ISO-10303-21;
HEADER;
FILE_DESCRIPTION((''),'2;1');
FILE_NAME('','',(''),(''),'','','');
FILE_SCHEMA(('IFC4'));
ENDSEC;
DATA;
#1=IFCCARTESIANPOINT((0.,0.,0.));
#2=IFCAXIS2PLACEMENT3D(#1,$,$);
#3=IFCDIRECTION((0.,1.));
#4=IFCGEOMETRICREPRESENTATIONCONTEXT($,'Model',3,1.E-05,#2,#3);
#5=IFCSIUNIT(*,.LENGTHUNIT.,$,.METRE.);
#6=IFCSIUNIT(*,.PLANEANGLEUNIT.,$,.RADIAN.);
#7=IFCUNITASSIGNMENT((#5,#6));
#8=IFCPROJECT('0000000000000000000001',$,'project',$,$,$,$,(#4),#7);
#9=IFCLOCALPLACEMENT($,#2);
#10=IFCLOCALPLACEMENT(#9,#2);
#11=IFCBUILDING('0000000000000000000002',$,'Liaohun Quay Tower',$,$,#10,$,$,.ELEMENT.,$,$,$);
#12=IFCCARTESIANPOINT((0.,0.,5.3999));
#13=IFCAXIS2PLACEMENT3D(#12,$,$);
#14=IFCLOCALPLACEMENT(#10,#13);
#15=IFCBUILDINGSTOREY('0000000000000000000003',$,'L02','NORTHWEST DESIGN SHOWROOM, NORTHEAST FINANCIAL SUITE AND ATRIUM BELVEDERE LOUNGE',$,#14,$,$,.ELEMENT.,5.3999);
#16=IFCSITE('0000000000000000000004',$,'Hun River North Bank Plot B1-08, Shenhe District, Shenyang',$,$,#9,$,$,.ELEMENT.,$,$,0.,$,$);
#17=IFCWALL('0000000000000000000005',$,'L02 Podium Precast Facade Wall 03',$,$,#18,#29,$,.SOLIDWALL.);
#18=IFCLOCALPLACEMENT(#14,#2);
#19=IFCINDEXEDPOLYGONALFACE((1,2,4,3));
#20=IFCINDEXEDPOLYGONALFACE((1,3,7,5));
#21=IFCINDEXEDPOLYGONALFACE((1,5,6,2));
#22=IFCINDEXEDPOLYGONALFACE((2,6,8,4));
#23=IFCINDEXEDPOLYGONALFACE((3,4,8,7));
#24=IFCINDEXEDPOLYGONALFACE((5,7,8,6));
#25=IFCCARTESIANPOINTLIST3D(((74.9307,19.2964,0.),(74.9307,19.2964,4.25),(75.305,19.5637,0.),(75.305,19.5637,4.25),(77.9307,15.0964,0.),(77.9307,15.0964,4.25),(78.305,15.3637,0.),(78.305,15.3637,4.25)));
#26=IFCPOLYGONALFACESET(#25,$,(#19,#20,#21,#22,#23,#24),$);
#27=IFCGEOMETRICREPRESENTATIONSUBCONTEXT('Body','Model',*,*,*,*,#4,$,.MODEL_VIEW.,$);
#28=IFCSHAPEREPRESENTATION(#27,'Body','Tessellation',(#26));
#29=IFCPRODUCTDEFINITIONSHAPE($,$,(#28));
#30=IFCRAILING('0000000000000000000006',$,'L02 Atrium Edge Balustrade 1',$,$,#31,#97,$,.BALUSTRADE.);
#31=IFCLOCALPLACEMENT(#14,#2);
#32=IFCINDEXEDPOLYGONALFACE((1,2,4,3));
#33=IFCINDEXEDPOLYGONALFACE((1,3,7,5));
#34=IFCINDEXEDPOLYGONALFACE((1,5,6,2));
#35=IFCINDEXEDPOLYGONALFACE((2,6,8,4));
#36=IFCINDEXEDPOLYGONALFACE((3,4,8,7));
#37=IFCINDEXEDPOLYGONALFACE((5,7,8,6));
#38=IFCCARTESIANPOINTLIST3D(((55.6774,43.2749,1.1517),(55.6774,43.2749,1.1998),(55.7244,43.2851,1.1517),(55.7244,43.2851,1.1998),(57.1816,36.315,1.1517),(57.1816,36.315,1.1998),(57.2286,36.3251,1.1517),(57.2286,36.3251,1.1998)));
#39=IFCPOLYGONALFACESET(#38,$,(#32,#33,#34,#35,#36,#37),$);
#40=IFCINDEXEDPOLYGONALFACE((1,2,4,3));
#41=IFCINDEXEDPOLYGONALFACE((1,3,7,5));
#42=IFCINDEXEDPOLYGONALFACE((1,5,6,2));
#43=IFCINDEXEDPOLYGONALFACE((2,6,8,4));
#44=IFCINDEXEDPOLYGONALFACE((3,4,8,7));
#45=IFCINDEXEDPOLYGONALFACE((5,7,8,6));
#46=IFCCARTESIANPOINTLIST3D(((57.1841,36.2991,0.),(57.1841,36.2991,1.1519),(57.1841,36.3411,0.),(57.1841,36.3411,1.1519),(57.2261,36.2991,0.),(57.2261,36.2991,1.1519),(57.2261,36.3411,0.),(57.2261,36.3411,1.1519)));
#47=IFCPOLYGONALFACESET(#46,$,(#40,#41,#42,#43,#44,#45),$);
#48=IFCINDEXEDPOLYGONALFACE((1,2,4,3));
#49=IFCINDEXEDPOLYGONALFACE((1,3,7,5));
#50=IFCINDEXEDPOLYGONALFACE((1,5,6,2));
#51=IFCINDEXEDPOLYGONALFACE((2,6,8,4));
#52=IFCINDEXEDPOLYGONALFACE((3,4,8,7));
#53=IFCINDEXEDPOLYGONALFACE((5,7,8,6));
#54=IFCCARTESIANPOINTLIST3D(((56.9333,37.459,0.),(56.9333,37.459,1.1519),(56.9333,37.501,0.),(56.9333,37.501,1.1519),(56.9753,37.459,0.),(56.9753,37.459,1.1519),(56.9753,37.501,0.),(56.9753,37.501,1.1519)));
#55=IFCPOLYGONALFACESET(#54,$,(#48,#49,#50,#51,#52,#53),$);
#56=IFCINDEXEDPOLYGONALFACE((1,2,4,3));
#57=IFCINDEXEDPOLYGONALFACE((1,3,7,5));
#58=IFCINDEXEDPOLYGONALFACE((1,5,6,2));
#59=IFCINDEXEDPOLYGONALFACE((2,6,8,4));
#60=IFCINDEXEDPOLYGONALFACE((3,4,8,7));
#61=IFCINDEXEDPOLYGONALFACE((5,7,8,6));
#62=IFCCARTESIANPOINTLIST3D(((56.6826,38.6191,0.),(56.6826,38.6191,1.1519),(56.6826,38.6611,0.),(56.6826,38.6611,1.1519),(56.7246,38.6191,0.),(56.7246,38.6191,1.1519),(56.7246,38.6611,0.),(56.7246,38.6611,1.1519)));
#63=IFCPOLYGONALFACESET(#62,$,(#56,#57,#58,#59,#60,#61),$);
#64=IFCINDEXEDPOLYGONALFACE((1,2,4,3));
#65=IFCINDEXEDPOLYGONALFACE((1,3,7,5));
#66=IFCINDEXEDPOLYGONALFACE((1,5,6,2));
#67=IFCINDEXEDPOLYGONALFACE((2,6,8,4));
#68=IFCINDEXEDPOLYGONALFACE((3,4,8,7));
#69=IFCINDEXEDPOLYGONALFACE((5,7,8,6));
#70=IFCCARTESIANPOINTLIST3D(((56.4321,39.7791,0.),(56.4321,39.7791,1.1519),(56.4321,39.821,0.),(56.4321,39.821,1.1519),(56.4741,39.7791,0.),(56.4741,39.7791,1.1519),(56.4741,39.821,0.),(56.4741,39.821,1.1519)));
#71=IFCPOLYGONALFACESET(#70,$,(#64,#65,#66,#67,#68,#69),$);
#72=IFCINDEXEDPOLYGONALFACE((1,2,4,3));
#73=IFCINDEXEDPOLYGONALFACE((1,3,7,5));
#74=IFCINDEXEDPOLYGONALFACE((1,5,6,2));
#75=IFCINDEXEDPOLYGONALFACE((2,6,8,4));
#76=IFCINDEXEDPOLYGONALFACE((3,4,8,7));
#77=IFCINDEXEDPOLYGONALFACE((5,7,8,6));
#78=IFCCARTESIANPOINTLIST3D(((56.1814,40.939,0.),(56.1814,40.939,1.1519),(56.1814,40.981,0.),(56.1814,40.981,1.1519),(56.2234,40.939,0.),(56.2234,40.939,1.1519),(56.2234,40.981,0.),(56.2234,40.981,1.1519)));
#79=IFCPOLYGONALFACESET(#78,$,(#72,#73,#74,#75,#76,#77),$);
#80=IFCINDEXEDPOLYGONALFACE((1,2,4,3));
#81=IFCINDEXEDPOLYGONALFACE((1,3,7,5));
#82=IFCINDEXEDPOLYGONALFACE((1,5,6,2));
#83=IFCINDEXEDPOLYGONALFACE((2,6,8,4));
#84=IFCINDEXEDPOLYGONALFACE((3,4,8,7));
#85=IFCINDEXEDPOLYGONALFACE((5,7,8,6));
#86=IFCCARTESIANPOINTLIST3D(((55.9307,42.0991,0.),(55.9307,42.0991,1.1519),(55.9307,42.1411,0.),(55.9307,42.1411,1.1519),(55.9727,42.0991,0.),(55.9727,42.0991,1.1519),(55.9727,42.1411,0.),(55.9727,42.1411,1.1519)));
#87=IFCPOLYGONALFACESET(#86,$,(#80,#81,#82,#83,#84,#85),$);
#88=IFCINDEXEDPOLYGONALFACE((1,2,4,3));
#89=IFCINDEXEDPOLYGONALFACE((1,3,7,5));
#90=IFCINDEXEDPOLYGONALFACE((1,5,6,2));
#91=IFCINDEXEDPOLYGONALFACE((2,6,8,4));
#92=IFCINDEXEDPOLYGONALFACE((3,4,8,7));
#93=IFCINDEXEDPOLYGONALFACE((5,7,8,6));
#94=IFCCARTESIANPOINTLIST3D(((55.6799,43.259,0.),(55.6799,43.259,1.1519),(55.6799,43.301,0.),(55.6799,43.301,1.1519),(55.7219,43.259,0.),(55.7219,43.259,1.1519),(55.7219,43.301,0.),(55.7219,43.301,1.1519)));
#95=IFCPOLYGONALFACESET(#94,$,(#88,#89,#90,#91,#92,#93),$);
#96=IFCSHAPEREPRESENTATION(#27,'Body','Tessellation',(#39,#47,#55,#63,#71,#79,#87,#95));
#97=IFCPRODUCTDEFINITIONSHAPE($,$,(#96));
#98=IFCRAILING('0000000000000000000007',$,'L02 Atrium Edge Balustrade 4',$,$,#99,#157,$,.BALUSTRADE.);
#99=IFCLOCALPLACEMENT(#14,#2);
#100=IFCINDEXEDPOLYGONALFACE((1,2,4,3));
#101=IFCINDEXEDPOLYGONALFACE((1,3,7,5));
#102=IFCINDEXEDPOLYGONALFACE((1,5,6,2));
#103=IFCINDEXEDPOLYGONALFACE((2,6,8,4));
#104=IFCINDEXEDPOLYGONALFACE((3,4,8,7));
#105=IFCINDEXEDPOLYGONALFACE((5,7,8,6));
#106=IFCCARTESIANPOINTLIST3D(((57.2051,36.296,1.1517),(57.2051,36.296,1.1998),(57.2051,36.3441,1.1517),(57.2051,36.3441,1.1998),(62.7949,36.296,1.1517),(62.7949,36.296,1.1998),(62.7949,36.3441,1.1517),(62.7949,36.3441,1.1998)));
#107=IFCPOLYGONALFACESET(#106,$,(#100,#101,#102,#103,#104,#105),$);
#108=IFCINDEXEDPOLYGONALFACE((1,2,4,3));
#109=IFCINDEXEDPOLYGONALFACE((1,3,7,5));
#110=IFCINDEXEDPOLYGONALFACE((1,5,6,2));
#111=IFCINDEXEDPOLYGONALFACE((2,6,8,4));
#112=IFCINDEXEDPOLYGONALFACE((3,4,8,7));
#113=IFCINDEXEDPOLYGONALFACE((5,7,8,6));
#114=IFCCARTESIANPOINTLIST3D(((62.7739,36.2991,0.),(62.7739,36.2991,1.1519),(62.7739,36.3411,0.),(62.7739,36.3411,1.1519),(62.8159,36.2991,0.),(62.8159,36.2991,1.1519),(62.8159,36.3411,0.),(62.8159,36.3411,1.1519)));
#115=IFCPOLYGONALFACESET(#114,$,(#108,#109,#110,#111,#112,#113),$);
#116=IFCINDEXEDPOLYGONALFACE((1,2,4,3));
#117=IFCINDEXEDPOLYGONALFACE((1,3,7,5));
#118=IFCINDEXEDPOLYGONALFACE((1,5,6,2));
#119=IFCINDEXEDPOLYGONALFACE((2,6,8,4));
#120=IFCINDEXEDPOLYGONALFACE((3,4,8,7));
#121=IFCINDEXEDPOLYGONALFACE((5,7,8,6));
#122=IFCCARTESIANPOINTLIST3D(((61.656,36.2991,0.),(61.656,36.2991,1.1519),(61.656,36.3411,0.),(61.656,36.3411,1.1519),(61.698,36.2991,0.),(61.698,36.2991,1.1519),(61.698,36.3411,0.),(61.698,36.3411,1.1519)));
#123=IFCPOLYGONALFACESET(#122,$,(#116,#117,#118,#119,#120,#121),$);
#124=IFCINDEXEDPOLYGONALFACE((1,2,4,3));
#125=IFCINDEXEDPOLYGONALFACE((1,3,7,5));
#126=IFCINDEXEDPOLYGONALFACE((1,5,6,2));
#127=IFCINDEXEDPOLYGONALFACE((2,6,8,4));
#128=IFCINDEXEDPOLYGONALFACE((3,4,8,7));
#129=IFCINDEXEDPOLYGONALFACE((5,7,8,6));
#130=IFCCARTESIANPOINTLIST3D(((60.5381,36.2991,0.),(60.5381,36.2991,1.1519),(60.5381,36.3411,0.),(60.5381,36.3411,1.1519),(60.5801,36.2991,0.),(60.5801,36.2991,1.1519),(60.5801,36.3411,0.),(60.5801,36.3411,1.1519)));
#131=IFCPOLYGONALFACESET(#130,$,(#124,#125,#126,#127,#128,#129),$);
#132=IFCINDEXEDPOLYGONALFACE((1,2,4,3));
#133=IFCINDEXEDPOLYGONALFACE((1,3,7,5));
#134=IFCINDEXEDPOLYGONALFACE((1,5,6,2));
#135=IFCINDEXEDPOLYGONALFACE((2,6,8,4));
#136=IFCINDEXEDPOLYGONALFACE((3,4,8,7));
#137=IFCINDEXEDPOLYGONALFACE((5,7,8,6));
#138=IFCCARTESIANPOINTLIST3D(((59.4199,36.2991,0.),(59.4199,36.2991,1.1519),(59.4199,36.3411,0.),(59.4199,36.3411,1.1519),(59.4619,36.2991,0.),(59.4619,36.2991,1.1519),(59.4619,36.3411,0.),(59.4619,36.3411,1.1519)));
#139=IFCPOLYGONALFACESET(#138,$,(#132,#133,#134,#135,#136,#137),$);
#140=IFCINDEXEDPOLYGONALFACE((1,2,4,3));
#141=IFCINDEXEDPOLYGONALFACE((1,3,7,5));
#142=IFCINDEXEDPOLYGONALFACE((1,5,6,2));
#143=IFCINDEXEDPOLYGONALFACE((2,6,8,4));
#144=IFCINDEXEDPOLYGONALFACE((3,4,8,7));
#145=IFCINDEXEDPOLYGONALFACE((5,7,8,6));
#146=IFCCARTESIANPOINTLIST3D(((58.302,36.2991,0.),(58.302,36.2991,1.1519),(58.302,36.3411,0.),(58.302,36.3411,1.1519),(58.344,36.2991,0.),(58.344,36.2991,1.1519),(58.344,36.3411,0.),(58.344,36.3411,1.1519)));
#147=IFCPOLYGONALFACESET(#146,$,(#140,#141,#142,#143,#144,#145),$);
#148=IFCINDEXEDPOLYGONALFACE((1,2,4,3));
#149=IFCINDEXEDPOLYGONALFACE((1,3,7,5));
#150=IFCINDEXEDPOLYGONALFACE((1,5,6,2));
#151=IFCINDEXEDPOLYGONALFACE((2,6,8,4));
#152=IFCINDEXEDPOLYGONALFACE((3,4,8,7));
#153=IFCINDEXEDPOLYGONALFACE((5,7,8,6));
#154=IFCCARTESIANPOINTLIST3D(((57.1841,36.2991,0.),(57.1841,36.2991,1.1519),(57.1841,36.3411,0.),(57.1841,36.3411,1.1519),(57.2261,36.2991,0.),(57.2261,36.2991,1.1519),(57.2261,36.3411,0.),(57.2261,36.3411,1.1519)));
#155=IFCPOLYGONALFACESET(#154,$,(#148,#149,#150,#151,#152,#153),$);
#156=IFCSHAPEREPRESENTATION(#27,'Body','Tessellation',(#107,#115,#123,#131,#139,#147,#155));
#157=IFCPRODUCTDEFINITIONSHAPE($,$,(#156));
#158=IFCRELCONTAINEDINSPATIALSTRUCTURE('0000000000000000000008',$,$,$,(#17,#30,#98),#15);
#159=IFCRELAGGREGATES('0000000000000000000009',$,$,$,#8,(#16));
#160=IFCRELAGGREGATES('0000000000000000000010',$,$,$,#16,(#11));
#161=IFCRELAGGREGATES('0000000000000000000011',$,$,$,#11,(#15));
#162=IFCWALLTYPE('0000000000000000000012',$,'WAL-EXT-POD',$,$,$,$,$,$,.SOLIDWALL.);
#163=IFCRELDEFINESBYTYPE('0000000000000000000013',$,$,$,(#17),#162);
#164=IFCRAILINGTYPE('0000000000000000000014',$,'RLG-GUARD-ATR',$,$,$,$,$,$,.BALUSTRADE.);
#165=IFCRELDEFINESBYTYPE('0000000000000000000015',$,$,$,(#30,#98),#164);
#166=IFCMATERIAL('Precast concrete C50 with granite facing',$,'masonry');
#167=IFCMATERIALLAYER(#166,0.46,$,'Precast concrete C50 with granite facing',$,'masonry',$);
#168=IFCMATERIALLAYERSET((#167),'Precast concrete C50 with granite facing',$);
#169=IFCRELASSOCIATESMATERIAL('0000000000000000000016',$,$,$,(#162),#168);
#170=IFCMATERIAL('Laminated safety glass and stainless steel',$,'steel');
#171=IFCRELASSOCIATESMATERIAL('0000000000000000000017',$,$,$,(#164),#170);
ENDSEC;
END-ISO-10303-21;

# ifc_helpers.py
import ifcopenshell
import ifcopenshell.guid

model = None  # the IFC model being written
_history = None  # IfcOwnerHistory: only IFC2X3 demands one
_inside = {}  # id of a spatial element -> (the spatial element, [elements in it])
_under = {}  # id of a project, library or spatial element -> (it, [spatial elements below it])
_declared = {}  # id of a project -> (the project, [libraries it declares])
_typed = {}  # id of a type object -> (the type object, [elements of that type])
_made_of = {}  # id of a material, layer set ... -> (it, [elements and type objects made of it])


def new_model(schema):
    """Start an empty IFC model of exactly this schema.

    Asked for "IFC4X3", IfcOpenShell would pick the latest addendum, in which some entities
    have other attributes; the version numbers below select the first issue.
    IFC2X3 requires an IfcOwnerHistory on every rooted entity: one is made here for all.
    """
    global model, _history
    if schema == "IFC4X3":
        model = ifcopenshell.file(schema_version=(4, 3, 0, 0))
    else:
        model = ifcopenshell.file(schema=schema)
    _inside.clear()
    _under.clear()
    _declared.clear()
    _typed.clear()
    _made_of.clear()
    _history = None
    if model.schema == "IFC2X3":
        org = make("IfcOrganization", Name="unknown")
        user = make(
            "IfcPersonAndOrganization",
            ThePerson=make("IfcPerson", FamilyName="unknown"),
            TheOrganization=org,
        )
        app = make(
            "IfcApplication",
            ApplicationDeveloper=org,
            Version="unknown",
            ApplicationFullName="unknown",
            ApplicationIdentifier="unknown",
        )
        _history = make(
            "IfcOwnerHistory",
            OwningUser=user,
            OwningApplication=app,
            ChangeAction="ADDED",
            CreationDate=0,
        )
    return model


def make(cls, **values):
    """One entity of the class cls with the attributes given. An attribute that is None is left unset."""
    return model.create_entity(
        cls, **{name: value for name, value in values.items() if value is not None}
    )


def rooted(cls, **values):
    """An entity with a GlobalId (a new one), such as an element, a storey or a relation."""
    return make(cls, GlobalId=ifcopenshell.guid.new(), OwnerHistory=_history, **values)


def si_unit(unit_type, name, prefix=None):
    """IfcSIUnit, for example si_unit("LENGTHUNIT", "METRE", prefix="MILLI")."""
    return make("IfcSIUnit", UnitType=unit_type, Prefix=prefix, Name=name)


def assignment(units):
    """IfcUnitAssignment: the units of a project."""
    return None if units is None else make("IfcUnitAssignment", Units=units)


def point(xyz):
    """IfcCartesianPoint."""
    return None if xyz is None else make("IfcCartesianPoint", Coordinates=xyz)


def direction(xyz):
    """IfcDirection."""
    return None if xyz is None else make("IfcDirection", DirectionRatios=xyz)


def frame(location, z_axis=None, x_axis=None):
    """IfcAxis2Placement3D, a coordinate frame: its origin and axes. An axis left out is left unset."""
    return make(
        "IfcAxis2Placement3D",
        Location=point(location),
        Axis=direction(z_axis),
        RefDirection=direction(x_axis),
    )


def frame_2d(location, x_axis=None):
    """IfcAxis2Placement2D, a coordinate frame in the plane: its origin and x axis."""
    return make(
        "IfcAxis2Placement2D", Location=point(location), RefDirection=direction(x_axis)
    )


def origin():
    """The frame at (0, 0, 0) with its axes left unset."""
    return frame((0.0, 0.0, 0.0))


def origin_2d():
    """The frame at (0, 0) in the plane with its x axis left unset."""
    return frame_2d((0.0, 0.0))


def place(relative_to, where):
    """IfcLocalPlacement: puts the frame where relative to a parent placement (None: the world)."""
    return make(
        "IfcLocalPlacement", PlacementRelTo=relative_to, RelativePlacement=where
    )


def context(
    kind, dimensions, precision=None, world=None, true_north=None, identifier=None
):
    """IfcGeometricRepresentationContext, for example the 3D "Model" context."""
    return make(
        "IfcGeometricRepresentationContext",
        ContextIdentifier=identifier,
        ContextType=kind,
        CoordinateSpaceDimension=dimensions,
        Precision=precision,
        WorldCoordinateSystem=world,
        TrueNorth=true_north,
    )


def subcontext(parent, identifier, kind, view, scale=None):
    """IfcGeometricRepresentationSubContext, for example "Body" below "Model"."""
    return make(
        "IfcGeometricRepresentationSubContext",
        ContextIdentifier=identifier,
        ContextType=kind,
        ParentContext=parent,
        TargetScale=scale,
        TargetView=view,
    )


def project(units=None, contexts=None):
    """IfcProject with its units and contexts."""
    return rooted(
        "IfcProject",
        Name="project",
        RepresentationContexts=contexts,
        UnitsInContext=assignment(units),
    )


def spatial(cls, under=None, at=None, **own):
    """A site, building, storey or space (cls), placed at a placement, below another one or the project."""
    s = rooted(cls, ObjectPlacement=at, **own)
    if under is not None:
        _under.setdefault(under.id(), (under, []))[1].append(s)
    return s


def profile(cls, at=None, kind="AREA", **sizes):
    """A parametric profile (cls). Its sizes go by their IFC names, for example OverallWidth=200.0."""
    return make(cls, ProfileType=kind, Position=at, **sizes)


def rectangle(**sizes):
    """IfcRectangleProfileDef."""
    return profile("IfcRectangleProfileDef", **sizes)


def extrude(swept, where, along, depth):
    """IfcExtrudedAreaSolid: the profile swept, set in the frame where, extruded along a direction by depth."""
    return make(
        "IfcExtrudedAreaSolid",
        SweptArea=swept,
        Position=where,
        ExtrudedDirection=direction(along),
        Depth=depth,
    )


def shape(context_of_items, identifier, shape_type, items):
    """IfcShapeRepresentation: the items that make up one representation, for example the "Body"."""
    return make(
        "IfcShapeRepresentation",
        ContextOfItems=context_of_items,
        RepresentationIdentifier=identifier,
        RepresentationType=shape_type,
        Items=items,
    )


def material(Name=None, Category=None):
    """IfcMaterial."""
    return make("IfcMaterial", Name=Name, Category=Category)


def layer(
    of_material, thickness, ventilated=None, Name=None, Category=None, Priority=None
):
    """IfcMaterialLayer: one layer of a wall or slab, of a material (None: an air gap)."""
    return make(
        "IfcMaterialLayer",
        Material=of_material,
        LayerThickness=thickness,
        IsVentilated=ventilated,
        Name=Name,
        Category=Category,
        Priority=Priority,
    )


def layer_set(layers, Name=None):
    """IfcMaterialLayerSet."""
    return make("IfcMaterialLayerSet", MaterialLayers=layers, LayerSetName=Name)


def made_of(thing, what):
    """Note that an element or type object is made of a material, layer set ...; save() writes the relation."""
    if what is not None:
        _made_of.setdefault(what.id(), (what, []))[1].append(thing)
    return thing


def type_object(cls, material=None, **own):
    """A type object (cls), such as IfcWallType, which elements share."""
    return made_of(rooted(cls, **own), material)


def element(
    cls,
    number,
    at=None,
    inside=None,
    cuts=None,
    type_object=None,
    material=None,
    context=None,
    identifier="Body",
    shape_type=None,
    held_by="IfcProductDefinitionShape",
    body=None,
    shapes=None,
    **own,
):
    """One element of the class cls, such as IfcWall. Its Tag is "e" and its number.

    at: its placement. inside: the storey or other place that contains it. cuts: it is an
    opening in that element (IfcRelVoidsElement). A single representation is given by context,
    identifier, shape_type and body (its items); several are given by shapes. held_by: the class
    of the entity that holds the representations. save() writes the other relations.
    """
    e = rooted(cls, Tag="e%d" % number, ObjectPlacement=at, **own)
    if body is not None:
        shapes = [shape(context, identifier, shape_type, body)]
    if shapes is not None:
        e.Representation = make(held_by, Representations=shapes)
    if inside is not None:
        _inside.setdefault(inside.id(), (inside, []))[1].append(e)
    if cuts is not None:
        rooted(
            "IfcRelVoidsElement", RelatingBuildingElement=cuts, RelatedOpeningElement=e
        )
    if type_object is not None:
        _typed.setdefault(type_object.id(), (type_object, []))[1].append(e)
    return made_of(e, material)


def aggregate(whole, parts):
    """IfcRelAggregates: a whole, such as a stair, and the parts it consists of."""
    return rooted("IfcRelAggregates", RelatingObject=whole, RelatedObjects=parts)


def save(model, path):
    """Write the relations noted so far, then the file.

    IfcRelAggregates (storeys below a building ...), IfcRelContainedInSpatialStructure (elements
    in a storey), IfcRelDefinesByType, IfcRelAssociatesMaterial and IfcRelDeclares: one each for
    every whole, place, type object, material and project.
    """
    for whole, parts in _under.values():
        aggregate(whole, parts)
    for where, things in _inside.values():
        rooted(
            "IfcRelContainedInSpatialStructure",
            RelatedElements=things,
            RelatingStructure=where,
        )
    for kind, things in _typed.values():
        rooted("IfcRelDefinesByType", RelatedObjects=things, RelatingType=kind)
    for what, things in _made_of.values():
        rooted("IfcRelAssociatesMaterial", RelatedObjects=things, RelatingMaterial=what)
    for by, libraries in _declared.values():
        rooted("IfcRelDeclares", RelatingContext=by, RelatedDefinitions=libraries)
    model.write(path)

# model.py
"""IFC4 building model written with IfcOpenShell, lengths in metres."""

from ifc_helpers import new_model, si_unit, direction, frame, frame_2d, origin, origin_2d, place, context, subcontext, project, spatial, rectangle, extrude, material, layer, layer_set, type_object, element, save


model = new_model("IFC4")

# Units and contexts
model_context = context("Model", 3, precision=1e-05, world=origin(), true_north=direction((0.0, 1.0)))
body_context = subcontext(model_context, "Body", "Model", "MODEL_VIEW")
ifc_project = project(units=[si_unit("LENGTHUNIT", "METRE"), si_unit("PLANEANGLEUNIT", "RADIAN")], contexts=[model_context])

# Site, building, storey
site_placement = place(None, origin())
site = spatial("IfcSite", under=ifc_project, at=site_placement, Name="Hun River North Bank Plot B1-08, Shenhe District, Shenyang", CompositionType="ELEMENT", RefElevation=0.0)
building_placement = place(site_placement, origin())
building = spatial("IfcBuilding", under=site, at=building_placement, Name="Liaohun Quay Tower", CompositionType="ELEMENT")
storey_placement = place(building_placement, frame((0.0, 0.0, 5.3999)))
storey = spatial("IfcBuildingStorey", under=building, at=storey_placement, Name="L02", Description="NORTHWEST DESIGN SHOWROOM, NORTHEAST FINANCIAL SUITE AND ATRIUM BELVEDERE LOUNGE", CompositionType="ELEMENT", Elevation=5.3999)

# Wall
ifc_material_1 = material(Name="Precast concrete C50 with granite facing", Category="masonry")
ifc_layer_1 = layer(ifc_material_1, 0.46, Name="Precast concrete C50 with granite facing", Category="masonry")
ifc_layer_set_1 = layer_set([ifc_layer_1], Name="Precast concrete C50 with granite facing")
wall_type = type_object("IfcWallType", Name="WAL-EXT-POD", PredefinedType="SOLIDWALL", material=ifc_layer_set_1)
wall_placement = place(storey_placement, frame((75.1179, 19.4299, 0.0), z_axis=(0.0, 0.0, 1.0), x_axis=(0.581243, -0.81373, 0.0)))
element("IfcWall", 1, at=wall_placement, inside=storey, type_object=wall_type, Name="L02 Podium Precast Facade Wall 03", PredefinedType="SOLIDWALL", context=body_context, shape_type="SweptSolid", body=[
    extrude(rectangle(XDim=5.1614, YDim=0.46, at=frame_2d((2.5806, 0.0))), origin(), (0.0, 0.0, 1.0), 4.25),
])

# Railings
ifc_material_2 = material(Name="Laminated safety glass and stainless steel", Category="steel")
railing_type = type_object("IfcRailingType", Name="RLG-GUARD-ATR", PredefinedType="BALUSTRADE", material=ifc_material_2)
railing_1_placement = place(storey_placement, frame((57.2051, 36.3201, 0.0)))
element("IfcRailing", 2, at=railing_1_placement, inside=storey, type_object=railing_type, Name="L02 Atrium Edge Balustrade 1", PredefinedType="BALUSTRADE", context=body_context, shape_type="SweptSolid", body=[
    extrude(rectangle(XDim=0.0481, YDim=0.0481, at=origin_2d()), frame((0.0, 0.0, 1.1758), z_axis=(-0.211238, 0.977435, 0.0), x_axis=(-0.977435, -0.211238, 0.0)), (0.0, 0.0, 1.0), 7.1206),
    extrude(rectangle(XDim=0.042, YDim=0.042, at=origin_2d()), origin(), (0.0, 0.0, 1.0), 1.1519),
    extrude(rectangle(XDim=0.042, YDim=0.042, at=origin_2d()), frame((-0.2507, 1.1599, 0.0)), (0.0, 0.0, 1.0), 1.1519),
    extrude(rectangle(XDim=0.042, YDim=0.042, at=origin_2d()), frame((-0.5015, 2.3201, 0.0)), (0.0, 0.0, 1.0), 1.1519),
    extrude(rectangle(XDim=0.042, YDim=0.042, at=origin_2d()), frame((-0.752, 3.48, 0.0)), (0.0, 0.0, 1.0), 1.1519),
    extrude(rectangle(XDim=0.042, YDim=0.042, at=origin_2d()), frame((-1.0027, 4.6399, 0.0)), (0.0, 0.0, 1.0), 1.1519),
    extrude(rectangle(XDim=0.042, YDim=0.042, at=origin_2d()), frame((-1.2534, 5.8, 0.0)), (0.0, 0.0, 1.0), 1.1519),
    extrude(rectangle(XDim=0.042, YDim=0.042, at=origin_2d()), frame((-1.5042, 6.96, 0.0)), (0.0, 0.0, 1.0), 1.1519),
])
railing_2_placement = place(storey_placement, frame((62.7949, 36.3201, 0.0)))
element("IfcRailing", 3, at=railing_2_placement, inside=storey, type_object=railing_type, Name="L02 Atrium Edge Balustrade 4", PredefinedType="BALUSTRADE", context=body_context, shape_type="SweptSolid", body=[
    extrude(rectangle(XDim=0.0481, YDim=0.0481, at=origin_2d()), frame((0.0, 0.0, 1.1758), z_axis=(-1.0, 0.0, 0.0), x_axis=(0.0, -1.0, 0.0)), (0.0, 0.0, 1.0), 5.5898),
    extrude(rectangle(XDim=0.042, YDim=0.042, at=origin_2d()), origin(), (0.0, 0.0, 1.0), 1.1519),
    extrude(rectangle(XDim=0.042, YDim=0.042, at=origin_2d()), frame((-1.1179, 0.0, 0.0)), (0.0, 0.0, 1.0), 1.1519),
    extrude(rectangle(XDim=0.042, YDim=0.042, at=origin_2d()), frame((-2.2358, 0.0, 0.0)), (0.0, 0.0, 1.0), 1.1519),
    extrude(rectangle(XDim=0.042, YDim=0.042, at=origin_2d()), frame((-3.354, 0.0, 0.0)), (0.0, 0.0, 1.0), 1.1519),
    extrude(rectangle(XDim=0.042, YDim=0.042, at=origin_2d()), frame((-4.4719, 0.0, 0.0)), (0.0, 0.0, 1.0), 1.1519),
    extrude(rectangle(XDim=0.042, YDim=0.042, at=origin_2d()), frame((-5.5898, 0.0, 0.0)), (0.0, 0.0, 1.0), 1.1519),
])

save(model, "model.ifc")
